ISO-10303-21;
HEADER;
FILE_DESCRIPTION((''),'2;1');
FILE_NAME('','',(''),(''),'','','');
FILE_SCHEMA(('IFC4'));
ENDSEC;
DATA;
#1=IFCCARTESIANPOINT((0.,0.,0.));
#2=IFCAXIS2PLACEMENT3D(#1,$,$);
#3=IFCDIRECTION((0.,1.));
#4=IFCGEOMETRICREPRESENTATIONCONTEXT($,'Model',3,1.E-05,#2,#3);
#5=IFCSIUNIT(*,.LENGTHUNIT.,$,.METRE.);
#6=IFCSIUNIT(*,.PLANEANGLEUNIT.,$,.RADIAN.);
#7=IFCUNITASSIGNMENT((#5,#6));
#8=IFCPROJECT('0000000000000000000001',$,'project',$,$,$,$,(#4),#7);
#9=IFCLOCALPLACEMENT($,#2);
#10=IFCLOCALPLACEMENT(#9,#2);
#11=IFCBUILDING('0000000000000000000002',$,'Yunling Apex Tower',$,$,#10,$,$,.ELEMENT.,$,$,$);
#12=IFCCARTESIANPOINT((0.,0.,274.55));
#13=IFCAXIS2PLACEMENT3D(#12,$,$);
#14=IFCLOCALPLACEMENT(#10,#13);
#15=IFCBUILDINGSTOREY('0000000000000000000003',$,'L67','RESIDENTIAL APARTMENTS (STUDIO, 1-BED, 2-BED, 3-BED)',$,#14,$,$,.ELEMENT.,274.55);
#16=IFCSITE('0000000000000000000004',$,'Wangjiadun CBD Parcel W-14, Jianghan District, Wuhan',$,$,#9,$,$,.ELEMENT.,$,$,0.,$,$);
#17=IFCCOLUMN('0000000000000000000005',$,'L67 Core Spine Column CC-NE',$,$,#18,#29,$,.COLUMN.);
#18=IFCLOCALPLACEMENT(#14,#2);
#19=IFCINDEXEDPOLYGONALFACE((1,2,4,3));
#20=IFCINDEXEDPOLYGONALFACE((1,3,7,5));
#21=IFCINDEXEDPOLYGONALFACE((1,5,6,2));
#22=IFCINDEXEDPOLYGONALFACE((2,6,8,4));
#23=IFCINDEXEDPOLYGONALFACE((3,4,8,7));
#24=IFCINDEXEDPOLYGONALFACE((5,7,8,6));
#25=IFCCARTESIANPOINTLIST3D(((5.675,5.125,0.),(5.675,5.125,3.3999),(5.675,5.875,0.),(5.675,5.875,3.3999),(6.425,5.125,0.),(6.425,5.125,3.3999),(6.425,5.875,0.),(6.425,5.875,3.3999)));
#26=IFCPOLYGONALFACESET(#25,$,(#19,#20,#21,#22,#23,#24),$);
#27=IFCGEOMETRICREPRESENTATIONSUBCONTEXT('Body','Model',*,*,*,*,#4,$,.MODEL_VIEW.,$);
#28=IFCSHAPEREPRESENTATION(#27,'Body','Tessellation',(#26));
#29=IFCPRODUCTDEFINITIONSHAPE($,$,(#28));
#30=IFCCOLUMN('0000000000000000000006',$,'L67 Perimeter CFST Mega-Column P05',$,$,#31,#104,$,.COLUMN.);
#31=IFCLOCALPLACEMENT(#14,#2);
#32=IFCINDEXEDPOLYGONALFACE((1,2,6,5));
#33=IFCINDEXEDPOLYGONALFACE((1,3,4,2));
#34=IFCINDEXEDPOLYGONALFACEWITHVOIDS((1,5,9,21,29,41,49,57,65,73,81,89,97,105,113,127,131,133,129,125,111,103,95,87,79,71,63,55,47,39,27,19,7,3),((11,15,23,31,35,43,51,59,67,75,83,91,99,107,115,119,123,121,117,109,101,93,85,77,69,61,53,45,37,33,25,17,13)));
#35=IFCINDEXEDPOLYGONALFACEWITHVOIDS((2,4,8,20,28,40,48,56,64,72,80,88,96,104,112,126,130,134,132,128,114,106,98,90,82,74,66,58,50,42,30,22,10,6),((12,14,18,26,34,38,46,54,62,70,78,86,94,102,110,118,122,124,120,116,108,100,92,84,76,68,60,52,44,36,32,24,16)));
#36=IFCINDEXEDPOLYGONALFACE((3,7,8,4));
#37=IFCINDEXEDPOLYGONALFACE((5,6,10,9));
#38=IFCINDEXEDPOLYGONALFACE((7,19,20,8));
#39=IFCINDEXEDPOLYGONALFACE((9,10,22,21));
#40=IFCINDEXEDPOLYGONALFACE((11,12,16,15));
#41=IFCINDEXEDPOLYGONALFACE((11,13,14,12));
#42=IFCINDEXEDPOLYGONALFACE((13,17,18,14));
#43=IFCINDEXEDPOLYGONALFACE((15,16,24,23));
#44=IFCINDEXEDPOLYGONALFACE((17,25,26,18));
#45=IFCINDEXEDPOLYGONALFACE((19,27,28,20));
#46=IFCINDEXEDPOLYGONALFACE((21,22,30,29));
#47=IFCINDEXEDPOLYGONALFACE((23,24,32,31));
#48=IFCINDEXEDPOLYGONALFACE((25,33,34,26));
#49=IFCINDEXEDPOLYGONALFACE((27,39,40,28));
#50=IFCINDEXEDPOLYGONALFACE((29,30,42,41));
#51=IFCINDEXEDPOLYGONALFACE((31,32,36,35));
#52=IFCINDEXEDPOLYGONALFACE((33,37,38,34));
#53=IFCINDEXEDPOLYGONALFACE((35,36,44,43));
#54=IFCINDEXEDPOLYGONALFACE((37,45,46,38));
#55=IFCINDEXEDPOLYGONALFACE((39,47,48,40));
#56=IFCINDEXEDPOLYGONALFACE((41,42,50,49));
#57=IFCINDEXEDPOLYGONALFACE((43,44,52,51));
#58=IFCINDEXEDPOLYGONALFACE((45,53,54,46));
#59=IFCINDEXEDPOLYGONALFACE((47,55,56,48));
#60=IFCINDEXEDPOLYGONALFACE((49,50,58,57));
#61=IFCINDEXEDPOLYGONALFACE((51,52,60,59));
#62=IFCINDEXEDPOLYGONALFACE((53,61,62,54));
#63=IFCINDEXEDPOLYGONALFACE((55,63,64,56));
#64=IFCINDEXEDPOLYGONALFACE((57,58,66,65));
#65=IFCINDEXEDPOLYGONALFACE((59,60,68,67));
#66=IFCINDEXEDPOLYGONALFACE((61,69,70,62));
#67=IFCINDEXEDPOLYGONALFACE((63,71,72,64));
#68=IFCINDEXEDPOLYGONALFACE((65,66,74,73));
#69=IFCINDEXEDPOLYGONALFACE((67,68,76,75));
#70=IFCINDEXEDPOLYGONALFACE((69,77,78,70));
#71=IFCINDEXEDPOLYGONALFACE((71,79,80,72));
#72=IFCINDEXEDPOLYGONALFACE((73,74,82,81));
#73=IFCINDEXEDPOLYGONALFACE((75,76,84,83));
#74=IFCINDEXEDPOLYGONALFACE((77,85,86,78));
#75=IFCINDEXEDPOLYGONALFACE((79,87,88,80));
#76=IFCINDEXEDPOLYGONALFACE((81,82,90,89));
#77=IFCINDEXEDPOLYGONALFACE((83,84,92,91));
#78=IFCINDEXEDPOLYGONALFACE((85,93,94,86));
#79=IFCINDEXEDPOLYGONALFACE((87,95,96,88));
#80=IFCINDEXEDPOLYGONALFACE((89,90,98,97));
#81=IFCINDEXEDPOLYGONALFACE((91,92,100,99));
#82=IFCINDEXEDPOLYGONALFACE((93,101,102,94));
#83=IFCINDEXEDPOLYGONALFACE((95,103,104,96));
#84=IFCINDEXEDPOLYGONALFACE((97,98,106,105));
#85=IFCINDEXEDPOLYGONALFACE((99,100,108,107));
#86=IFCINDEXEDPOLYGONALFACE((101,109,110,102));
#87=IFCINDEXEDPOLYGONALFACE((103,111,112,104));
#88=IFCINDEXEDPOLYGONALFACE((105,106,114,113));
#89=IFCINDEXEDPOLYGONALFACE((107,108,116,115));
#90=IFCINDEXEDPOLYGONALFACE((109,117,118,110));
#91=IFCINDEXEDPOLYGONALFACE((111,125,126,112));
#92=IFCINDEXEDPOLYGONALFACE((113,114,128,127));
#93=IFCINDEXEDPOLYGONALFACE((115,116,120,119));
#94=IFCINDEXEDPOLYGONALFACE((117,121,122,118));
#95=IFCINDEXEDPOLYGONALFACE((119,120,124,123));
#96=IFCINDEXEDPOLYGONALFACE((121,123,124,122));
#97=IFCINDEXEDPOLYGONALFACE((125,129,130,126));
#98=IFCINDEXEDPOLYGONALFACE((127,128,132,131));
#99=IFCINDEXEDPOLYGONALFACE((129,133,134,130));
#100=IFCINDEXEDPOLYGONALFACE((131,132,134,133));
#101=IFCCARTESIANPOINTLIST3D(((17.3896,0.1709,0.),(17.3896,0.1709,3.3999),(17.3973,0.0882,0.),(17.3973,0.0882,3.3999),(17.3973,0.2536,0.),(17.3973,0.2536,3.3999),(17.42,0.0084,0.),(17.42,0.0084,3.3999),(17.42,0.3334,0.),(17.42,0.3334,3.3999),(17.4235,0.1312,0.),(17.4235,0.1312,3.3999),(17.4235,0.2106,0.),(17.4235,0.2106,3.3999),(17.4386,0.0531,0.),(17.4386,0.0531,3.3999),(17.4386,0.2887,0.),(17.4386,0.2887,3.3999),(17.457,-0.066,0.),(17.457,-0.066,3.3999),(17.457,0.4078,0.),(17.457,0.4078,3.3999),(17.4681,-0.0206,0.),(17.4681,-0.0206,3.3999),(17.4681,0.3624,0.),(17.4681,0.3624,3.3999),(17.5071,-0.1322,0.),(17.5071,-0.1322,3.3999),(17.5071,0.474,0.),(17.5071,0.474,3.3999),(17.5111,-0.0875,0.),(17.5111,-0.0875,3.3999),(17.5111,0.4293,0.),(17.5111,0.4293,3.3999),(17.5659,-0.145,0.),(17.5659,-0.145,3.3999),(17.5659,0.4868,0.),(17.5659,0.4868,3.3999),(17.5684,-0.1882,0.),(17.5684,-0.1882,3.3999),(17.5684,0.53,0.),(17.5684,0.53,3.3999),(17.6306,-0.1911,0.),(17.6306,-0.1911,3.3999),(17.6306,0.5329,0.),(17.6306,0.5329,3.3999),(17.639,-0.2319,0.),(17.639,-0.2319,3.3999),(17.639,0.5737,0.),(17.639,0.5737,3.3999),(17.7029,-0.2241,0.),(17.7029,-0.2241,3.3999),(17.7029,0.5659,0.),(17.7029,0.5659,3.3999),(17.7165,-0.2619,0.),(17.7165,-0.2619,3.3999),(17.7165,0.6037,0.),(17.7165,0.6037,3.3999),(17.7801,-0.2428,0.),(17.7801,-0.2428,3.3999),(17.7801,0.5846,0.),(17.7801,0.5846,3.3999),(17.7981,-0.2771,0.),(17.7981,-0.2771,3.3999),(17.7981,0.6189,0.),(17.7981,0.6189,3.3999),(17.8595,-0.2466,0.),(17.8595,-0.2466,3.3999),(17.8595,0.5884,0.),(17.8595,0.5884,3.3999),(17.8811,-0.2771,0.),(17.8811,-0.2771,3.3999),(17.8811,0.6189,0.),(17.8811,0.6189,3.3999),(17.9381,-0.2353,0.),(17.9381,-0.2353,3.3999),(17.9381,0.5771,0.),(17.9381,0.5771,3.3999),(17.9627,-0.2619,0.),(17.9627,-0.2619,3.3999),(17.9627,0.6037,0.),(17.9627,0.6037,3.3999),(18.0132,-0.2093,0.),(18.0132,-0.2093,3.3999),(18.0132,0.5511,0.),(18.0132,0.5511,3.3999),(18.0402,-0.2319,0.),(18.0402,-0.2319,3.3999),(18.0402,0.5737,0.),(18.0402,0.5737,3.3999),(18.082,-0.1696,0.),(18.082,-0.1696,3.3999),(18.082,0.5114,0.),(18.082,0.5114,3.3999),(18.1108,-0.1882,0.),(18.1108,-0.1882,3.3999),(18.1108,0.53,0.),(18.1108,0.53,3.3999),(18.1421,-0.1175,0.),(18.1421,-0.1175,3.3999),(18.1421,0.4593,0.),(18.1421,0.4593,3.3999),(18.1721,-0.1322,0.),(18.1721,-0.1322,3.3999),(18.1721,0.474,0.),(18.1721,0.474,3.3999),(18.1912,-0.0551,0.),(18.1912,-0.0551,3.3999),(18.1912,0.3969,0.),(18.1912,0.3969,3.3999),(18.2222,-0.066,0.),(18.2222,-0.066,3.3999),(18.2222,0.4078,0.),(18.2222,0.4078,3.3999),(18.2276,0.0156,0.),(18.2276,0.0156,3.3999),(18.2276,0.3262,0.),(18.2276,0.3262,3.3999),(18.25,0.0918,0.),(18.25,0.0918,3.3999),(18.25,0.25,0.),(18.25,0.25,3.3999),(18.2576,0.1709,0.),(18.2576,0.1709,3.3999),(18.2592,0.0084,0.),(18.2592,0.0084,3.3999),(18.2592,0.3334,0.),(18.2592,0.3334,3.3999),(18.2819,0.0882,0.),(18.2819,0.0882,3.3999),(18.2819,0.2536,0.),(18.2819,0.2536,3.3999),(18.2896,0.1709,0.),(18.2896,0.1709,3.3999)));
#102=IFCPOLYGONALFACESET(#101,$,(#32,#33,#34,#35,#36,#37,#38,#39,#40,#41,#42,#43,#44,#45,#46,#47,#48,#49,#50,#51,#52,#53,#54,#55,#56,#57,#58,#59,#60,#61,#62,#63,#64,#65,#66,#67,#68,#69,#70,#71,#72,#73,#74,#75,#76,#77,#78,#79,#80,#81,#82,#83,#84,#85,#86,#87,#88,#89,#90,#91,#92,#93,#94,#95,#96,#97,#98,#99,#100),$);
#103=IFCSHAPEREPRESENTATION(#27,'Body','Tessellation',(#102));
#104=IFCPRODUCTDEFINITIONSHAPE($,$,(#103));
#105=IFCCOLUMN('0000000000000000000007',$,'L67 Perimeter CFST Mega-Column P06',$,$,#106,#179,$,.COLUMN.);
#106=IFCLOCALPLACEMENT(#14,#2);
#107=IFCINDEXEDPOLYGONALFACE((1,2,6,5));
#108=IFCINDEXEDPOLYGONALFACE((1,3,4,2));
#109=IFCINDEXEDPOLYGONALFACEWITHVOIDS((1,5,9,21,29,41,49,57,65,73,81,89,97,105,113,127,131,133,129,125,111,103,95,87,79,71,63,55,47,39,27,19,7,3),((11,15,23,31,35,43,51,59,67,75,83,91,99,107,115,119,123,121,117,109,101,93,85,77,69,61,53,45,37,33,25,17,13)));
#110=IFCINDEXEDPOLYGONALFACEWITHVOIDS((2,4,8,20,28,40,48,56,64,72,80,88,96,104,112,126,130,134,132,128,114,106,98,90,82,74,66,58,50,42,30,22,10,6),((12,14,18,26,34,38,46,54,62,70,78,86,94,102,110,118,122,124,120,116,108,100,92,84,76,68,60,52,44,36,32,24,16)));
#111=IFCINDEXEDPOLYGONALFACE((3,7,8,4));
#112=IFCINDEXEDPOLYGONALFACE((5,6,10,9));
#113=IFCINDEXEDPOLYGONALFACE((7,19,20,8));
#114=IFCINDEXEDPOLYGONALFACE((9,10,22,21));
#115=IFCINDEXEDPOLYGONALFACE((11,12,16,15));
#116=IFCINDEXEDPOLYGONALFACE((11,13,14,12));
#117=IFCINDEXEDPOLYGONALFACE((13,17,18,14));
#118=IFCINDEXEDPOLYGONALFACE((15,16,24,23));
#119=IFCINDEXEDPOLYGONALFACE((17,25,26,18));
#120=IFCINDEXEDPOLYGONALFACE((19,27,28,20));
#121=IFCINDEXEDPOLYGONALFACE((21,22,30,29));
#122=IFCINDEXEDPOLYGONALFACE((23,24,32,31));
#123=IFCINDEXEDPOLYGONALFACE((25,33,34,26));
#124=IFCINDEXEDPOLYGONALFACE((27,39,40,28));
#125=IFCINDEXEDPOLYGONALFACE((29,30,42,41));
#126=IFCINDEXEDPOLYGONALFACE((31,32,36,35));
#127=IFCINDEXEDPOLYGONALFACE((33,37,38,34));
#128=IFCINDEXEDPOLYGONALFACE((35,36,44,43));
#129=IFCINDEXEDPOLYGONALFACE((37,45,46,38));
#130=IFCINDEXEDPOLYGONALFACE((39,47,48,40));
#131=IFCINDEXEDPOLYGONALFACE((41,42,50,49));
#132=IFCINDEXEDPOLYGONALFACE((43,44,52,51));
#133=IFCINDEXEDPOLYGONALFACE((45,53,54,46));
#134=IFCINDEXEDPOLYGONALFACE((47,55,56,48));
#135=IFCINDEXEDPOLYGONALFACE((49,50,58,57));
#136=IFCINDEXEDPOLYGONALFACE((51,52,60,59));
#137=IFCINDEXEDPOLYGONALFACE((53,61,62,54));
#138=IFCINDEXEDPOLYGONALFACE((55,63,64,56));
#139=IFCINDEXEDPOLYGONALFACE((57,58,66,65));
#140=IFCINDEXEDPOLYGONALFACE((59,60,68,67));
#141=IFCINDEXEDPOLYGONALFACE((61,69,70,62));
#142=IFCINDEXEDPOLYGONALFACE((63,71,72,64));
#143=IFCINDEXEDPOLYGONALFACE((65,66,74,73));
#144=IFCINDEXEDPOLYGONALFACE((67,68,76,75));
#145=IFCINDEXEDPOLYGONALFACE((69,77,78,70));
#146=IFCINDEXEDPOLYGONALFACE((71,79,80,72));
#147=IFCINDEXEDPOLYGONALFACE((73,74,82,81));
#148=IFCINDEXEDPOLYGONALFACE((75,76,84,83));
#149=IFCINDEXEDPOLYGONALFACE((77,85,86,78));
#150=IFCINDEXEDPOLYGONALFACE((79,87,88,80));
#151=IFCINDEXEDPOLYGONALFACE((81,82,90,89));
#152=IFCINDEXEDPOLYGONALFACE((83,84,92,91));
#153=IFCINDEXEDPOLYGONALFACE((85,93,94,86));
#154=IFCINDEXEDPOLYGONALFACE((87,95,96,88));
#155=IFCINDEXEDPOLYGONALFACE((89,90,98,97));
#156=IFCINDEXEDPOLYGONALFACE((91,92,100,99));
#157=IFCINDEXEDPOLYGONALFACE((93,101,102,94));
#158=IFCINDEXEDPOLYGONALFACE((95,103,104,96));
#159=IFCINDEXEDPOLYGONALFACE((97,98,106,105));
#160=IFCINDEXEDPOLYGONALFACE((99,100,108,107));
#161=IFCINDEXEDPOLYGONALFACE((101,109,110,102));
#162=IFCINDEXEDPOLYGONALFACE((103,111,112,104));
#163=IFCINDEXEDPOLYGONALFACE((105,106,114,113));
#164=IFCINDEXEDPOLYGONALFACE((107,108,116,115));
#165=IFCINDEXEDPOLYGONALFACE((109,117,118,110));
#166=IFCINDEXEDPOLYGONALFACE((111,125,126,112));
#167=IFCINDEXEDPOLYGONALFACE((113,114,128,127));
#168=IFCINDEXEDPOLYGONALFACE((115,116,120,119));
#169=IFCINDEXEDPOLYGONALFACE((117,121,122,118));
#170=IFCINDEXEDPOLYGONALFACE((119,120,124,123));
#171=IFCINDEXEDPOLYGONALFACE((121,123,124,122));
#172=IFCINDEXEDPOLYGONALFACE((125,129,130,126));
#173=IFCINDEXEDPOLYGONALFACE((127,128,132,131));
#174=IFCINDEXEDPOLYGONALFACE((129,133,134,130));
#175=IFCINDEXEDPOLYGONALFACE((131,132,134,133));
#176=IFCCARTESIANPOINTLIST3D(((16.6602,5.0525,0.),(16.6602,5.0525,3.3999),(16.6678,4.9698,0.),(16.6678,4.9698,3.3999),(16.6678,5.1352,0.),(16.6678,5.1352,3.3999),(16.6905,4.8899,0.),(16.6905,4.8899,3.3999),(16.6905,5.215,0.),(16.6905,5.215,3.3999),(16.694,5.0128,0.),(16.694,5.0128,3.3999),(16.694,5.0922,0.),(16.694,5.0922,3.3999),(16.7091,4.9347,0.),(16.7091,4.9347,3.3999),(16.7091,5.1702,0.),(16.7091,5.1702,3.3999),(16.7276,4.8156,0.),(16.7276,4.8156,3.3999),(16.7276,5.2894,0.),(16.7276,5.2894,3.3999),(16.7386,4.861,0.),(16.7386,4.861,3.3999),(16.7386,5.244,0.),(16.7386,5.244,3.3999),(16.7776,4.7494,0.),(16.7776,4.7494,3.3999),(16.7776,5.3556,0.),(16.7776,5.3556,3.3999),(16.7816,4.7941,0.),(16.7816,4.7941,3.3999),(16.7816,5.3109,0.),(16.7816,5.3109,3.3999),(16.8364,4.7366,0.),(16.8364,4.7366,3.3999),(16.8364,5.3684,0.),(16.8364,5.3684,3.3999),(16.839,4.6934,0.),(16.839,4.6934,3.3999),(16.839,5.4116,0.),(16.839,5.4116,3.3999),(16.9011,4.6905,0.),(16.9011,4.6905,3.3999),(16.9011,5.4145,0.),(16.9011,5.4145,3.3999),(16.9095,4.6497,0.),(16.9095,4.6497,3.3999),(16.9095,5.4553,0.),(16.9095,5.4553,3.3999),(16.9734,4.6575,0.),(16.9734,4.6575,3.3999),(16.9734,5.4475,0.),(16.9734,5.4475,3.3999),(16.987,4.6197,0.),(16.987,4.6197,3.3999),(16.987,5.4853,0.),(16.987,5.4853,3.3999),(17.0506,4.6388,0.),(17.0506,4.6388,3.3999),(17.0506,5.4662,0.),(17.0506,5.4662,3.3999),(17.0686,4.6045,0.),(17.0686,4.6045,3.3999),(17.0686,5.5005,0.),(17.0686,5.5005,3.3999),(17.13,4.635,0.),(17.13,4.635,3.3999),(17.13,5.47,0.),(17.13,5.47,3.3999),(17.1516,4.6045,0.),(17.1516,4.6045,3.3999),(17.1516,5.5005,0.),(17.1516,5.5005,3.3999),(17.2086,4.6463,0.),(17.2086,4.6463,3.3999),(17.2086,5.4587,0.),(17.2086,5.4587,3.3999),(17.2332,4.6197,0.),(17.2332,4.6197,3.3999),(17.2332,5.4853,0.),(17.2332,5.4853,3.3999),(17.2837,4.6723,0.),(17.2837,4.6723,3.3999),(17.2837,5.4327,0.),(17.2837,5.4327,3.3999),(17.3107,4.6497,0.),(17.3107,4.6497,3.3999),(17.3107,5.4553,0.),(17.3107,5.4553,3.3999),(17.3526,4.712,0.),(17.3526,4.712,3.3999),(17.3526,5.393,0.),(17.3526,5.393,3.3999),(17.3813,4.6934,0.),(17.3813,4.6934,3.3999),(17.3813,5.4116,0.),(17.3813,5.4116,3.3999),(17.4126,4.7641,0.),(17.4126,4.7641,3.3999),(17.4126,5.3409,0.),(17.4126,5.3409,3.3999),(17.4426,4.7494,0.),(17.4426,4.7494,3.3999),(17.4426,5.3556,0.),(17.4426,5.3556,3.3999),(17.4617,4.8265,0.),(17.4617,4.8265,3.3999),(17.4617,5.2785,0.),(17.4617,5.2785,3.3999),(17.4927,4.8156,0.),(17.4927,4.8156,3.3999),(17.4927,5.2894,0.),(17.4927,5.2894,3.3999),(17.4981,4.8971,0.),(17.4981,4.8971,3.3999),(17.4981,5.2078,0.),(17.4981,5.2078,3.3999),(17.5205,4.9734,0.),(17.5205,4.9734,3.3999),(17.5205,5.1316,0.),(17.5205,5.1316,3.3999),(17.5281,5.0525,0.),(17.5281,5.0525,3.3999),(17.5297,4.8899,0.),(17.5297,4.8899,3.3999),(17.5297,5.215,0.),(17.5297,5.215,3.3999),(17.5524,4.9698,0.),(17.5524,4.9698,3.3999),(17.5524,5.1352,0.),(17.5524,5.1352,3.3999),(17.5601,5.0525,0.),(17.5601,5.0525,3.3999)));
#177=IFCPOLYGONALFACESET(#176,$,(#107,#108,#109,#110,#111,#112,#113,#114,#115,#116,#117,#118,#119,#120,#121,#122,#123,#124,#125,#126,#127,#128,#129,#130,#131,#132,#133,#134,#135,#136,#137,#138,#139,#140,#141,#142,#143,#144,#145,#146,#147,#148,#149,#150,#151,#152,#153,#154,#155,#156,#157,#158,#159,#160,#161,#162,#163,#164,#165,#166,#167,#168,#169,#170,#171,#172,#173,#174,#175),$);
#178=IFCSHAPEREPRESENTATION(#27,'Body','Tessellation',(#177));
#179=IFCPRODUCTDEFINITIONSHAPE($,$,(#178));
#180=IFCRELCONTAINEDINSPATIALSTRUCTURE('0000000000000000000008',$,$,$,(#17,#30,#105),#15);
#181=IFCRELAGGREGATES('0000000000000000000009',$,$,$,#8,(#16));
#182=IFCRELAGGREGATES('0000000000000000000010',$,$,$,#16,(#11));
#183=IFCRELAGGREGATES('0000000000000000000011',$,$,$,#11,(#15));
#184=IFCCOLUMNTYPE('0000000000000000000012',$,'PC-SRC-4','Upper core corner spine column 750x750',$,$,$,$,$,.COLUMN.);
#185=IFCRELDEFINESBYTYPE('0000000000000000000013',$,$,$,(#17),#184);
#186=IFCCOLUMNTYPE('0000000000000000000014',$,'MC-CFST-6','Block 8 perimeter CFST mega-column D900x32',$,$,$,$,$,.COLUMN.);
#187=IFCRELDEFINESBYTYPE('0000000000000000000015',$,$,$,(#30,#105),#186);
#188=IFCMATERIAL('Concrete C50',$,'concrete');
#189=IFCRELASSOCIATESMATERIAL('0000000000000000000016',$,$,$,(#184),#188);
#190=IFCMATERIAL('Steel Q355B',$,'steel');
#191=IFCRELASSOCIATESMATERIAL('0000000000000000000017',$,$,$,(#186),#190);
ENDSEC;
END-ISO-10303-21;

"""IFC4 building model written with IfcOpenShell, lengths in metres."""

from ifc_helpers import new_model, si_unit, direction, frame, origin, origin_2d, place, context, subcontext, project, spatial, rectangle, hollow_circle, extrude, source, transform, mapped, material, material_profile, profile_set, type_object, element, save


model = new_model("IFC4")

# Units and contexts
model_context = context("Model", 3, precision=1e-05, world=origin(), true_north=direction((0.0, 1.0)))
body_context = subcontext(model_context, "Body", "Model", "MODEL_VIEW")
ifc_project = project(units=[si_unit("LENGTHUNIT", "METRE"), si_unit("PLANEANGLEUNIT", "RADIAN")], contexts=[model_context])

# Site, building, storey
site_placement = place(None, origin())
site = spatial("IfcSite", under=ifc_project, at=site_placement, Name="Wangjiadun CBD Parcel W-14, Jianghan District, Wuhan", CompositionType="ELEMENT", RefElevation=0.0)
building_placement = place(site_placement, origin())
building = spatial("IfcBuilding", under=site, at=building_placement, Name="Yunling Apex Tower", CompositionType="ELEMENT")
storey_placement = place(building_placement, frame((0.0, 0.0, 274.55)))
storey = spatial("IfcBuildingStorey", under=building, at=storey_placement, Name="L67", Description="RESIDENTIAL APARTMENTS (STUDIO, 1-BED, 2-BED, 3-BED)", CompositionType="ELEMENT", Elevation=274.55)

# Columns
ifc_material_1 = material(Name="Concrete C50", Category="concrete")
ifc_material_profile_1 = material_profile(ifc_material_1, rectangle(XDim=0.75, YDim=0.75, at=origin_2d()))
ifc_profile_set_1 = profile_set([ifc_material_profile_1], Name="Concrete C50")
column_type_1 = type_object("IfcColumnType", Name="PC-SRC-4", Description="Upper core corner spine column 750x750", PredefinedType="COLUMN", material=ifc_profile_set_1)
shared_shape_1 = source(origin(), body_context, "Body", "SweptSolid", [
    extrude(rectangle(XDim=0.75, YDim=0.75, at=origin_2d()), origin(), (0.0, 0.0, 1.0), 3.3999),
])
column_placement = place(storey_placement, frame((6.05, 5.5, 0.0), z_axis=(0.0, 0.0, 1.0), x_axis=(1.0, 0.0, 0.0)))
element("IfcColumn", 1, at=column_placement, inside=storey, type_object=column_type_1, Name="L67 Core Spine Column CC-NE", PredefinedType="COLUMN", context=body_context, shape_type="MappedRepresentation", body=[
    mapped(shared_shape_1, transform((0.0, 0.0, 0.0), scale=1.0)),
])
ifc_material_2 = material(Name="Steel Q355B", Category="steel")
ifc_material_profile_2 = material_profile(ifc_material_2, hollow_circle(Radius=0.45, WallThickness=0.032, at=origin_2d()))
ifc_profile_set_2 = profile_set([ifc_material_profile_2], Name="Steel Q355B")
column_type_2 = type_object("IfcColumnType", Name="MC-CFST-6", Description="Block 8 perimeter CFST mega-column D900x32", PredefinedType="COLUMN", material=ifc_profile_set_2)
shared_shape_2 = source(origin(), body_context, "Body", "SweptSolid", [
    extrude(hollow_circle(Radius=0.45, WallThickness=0.032, at=origin_2d()), origin(), (0.0, 0.0, 1.0), 3.3999),
])
for number, where, z_axis, x_axis, name in (
    (2, (17.8396, 0.1709, 0.0), (0.0, 0.0, 1.0), (1.0, 0.0, 0.0), "L67 Perimeter CFST Mega-Column P05"),
    (3, (17.1101, 5.0525, 0.0), (0.0, 0.0, 1.0), (1.0, 0.0, 0.0), "L67 Perimeter CFST Mega-Column P06"),
):
    element("IfcColumn", number, at=place(storey_placement, frame(where, z_axis=z_axis, x_axis=x_axis)), inside=storey, type_object=column_type_2, Name=name, PredefinedType="COLUMN", context=body_context, shape_type="MappedRepresentation", body=[
        mapped(shared_shape_2, transform((0.0, 0.0, 0.0), scale=1.0)),
    ])

save(model, "model.ifc")
